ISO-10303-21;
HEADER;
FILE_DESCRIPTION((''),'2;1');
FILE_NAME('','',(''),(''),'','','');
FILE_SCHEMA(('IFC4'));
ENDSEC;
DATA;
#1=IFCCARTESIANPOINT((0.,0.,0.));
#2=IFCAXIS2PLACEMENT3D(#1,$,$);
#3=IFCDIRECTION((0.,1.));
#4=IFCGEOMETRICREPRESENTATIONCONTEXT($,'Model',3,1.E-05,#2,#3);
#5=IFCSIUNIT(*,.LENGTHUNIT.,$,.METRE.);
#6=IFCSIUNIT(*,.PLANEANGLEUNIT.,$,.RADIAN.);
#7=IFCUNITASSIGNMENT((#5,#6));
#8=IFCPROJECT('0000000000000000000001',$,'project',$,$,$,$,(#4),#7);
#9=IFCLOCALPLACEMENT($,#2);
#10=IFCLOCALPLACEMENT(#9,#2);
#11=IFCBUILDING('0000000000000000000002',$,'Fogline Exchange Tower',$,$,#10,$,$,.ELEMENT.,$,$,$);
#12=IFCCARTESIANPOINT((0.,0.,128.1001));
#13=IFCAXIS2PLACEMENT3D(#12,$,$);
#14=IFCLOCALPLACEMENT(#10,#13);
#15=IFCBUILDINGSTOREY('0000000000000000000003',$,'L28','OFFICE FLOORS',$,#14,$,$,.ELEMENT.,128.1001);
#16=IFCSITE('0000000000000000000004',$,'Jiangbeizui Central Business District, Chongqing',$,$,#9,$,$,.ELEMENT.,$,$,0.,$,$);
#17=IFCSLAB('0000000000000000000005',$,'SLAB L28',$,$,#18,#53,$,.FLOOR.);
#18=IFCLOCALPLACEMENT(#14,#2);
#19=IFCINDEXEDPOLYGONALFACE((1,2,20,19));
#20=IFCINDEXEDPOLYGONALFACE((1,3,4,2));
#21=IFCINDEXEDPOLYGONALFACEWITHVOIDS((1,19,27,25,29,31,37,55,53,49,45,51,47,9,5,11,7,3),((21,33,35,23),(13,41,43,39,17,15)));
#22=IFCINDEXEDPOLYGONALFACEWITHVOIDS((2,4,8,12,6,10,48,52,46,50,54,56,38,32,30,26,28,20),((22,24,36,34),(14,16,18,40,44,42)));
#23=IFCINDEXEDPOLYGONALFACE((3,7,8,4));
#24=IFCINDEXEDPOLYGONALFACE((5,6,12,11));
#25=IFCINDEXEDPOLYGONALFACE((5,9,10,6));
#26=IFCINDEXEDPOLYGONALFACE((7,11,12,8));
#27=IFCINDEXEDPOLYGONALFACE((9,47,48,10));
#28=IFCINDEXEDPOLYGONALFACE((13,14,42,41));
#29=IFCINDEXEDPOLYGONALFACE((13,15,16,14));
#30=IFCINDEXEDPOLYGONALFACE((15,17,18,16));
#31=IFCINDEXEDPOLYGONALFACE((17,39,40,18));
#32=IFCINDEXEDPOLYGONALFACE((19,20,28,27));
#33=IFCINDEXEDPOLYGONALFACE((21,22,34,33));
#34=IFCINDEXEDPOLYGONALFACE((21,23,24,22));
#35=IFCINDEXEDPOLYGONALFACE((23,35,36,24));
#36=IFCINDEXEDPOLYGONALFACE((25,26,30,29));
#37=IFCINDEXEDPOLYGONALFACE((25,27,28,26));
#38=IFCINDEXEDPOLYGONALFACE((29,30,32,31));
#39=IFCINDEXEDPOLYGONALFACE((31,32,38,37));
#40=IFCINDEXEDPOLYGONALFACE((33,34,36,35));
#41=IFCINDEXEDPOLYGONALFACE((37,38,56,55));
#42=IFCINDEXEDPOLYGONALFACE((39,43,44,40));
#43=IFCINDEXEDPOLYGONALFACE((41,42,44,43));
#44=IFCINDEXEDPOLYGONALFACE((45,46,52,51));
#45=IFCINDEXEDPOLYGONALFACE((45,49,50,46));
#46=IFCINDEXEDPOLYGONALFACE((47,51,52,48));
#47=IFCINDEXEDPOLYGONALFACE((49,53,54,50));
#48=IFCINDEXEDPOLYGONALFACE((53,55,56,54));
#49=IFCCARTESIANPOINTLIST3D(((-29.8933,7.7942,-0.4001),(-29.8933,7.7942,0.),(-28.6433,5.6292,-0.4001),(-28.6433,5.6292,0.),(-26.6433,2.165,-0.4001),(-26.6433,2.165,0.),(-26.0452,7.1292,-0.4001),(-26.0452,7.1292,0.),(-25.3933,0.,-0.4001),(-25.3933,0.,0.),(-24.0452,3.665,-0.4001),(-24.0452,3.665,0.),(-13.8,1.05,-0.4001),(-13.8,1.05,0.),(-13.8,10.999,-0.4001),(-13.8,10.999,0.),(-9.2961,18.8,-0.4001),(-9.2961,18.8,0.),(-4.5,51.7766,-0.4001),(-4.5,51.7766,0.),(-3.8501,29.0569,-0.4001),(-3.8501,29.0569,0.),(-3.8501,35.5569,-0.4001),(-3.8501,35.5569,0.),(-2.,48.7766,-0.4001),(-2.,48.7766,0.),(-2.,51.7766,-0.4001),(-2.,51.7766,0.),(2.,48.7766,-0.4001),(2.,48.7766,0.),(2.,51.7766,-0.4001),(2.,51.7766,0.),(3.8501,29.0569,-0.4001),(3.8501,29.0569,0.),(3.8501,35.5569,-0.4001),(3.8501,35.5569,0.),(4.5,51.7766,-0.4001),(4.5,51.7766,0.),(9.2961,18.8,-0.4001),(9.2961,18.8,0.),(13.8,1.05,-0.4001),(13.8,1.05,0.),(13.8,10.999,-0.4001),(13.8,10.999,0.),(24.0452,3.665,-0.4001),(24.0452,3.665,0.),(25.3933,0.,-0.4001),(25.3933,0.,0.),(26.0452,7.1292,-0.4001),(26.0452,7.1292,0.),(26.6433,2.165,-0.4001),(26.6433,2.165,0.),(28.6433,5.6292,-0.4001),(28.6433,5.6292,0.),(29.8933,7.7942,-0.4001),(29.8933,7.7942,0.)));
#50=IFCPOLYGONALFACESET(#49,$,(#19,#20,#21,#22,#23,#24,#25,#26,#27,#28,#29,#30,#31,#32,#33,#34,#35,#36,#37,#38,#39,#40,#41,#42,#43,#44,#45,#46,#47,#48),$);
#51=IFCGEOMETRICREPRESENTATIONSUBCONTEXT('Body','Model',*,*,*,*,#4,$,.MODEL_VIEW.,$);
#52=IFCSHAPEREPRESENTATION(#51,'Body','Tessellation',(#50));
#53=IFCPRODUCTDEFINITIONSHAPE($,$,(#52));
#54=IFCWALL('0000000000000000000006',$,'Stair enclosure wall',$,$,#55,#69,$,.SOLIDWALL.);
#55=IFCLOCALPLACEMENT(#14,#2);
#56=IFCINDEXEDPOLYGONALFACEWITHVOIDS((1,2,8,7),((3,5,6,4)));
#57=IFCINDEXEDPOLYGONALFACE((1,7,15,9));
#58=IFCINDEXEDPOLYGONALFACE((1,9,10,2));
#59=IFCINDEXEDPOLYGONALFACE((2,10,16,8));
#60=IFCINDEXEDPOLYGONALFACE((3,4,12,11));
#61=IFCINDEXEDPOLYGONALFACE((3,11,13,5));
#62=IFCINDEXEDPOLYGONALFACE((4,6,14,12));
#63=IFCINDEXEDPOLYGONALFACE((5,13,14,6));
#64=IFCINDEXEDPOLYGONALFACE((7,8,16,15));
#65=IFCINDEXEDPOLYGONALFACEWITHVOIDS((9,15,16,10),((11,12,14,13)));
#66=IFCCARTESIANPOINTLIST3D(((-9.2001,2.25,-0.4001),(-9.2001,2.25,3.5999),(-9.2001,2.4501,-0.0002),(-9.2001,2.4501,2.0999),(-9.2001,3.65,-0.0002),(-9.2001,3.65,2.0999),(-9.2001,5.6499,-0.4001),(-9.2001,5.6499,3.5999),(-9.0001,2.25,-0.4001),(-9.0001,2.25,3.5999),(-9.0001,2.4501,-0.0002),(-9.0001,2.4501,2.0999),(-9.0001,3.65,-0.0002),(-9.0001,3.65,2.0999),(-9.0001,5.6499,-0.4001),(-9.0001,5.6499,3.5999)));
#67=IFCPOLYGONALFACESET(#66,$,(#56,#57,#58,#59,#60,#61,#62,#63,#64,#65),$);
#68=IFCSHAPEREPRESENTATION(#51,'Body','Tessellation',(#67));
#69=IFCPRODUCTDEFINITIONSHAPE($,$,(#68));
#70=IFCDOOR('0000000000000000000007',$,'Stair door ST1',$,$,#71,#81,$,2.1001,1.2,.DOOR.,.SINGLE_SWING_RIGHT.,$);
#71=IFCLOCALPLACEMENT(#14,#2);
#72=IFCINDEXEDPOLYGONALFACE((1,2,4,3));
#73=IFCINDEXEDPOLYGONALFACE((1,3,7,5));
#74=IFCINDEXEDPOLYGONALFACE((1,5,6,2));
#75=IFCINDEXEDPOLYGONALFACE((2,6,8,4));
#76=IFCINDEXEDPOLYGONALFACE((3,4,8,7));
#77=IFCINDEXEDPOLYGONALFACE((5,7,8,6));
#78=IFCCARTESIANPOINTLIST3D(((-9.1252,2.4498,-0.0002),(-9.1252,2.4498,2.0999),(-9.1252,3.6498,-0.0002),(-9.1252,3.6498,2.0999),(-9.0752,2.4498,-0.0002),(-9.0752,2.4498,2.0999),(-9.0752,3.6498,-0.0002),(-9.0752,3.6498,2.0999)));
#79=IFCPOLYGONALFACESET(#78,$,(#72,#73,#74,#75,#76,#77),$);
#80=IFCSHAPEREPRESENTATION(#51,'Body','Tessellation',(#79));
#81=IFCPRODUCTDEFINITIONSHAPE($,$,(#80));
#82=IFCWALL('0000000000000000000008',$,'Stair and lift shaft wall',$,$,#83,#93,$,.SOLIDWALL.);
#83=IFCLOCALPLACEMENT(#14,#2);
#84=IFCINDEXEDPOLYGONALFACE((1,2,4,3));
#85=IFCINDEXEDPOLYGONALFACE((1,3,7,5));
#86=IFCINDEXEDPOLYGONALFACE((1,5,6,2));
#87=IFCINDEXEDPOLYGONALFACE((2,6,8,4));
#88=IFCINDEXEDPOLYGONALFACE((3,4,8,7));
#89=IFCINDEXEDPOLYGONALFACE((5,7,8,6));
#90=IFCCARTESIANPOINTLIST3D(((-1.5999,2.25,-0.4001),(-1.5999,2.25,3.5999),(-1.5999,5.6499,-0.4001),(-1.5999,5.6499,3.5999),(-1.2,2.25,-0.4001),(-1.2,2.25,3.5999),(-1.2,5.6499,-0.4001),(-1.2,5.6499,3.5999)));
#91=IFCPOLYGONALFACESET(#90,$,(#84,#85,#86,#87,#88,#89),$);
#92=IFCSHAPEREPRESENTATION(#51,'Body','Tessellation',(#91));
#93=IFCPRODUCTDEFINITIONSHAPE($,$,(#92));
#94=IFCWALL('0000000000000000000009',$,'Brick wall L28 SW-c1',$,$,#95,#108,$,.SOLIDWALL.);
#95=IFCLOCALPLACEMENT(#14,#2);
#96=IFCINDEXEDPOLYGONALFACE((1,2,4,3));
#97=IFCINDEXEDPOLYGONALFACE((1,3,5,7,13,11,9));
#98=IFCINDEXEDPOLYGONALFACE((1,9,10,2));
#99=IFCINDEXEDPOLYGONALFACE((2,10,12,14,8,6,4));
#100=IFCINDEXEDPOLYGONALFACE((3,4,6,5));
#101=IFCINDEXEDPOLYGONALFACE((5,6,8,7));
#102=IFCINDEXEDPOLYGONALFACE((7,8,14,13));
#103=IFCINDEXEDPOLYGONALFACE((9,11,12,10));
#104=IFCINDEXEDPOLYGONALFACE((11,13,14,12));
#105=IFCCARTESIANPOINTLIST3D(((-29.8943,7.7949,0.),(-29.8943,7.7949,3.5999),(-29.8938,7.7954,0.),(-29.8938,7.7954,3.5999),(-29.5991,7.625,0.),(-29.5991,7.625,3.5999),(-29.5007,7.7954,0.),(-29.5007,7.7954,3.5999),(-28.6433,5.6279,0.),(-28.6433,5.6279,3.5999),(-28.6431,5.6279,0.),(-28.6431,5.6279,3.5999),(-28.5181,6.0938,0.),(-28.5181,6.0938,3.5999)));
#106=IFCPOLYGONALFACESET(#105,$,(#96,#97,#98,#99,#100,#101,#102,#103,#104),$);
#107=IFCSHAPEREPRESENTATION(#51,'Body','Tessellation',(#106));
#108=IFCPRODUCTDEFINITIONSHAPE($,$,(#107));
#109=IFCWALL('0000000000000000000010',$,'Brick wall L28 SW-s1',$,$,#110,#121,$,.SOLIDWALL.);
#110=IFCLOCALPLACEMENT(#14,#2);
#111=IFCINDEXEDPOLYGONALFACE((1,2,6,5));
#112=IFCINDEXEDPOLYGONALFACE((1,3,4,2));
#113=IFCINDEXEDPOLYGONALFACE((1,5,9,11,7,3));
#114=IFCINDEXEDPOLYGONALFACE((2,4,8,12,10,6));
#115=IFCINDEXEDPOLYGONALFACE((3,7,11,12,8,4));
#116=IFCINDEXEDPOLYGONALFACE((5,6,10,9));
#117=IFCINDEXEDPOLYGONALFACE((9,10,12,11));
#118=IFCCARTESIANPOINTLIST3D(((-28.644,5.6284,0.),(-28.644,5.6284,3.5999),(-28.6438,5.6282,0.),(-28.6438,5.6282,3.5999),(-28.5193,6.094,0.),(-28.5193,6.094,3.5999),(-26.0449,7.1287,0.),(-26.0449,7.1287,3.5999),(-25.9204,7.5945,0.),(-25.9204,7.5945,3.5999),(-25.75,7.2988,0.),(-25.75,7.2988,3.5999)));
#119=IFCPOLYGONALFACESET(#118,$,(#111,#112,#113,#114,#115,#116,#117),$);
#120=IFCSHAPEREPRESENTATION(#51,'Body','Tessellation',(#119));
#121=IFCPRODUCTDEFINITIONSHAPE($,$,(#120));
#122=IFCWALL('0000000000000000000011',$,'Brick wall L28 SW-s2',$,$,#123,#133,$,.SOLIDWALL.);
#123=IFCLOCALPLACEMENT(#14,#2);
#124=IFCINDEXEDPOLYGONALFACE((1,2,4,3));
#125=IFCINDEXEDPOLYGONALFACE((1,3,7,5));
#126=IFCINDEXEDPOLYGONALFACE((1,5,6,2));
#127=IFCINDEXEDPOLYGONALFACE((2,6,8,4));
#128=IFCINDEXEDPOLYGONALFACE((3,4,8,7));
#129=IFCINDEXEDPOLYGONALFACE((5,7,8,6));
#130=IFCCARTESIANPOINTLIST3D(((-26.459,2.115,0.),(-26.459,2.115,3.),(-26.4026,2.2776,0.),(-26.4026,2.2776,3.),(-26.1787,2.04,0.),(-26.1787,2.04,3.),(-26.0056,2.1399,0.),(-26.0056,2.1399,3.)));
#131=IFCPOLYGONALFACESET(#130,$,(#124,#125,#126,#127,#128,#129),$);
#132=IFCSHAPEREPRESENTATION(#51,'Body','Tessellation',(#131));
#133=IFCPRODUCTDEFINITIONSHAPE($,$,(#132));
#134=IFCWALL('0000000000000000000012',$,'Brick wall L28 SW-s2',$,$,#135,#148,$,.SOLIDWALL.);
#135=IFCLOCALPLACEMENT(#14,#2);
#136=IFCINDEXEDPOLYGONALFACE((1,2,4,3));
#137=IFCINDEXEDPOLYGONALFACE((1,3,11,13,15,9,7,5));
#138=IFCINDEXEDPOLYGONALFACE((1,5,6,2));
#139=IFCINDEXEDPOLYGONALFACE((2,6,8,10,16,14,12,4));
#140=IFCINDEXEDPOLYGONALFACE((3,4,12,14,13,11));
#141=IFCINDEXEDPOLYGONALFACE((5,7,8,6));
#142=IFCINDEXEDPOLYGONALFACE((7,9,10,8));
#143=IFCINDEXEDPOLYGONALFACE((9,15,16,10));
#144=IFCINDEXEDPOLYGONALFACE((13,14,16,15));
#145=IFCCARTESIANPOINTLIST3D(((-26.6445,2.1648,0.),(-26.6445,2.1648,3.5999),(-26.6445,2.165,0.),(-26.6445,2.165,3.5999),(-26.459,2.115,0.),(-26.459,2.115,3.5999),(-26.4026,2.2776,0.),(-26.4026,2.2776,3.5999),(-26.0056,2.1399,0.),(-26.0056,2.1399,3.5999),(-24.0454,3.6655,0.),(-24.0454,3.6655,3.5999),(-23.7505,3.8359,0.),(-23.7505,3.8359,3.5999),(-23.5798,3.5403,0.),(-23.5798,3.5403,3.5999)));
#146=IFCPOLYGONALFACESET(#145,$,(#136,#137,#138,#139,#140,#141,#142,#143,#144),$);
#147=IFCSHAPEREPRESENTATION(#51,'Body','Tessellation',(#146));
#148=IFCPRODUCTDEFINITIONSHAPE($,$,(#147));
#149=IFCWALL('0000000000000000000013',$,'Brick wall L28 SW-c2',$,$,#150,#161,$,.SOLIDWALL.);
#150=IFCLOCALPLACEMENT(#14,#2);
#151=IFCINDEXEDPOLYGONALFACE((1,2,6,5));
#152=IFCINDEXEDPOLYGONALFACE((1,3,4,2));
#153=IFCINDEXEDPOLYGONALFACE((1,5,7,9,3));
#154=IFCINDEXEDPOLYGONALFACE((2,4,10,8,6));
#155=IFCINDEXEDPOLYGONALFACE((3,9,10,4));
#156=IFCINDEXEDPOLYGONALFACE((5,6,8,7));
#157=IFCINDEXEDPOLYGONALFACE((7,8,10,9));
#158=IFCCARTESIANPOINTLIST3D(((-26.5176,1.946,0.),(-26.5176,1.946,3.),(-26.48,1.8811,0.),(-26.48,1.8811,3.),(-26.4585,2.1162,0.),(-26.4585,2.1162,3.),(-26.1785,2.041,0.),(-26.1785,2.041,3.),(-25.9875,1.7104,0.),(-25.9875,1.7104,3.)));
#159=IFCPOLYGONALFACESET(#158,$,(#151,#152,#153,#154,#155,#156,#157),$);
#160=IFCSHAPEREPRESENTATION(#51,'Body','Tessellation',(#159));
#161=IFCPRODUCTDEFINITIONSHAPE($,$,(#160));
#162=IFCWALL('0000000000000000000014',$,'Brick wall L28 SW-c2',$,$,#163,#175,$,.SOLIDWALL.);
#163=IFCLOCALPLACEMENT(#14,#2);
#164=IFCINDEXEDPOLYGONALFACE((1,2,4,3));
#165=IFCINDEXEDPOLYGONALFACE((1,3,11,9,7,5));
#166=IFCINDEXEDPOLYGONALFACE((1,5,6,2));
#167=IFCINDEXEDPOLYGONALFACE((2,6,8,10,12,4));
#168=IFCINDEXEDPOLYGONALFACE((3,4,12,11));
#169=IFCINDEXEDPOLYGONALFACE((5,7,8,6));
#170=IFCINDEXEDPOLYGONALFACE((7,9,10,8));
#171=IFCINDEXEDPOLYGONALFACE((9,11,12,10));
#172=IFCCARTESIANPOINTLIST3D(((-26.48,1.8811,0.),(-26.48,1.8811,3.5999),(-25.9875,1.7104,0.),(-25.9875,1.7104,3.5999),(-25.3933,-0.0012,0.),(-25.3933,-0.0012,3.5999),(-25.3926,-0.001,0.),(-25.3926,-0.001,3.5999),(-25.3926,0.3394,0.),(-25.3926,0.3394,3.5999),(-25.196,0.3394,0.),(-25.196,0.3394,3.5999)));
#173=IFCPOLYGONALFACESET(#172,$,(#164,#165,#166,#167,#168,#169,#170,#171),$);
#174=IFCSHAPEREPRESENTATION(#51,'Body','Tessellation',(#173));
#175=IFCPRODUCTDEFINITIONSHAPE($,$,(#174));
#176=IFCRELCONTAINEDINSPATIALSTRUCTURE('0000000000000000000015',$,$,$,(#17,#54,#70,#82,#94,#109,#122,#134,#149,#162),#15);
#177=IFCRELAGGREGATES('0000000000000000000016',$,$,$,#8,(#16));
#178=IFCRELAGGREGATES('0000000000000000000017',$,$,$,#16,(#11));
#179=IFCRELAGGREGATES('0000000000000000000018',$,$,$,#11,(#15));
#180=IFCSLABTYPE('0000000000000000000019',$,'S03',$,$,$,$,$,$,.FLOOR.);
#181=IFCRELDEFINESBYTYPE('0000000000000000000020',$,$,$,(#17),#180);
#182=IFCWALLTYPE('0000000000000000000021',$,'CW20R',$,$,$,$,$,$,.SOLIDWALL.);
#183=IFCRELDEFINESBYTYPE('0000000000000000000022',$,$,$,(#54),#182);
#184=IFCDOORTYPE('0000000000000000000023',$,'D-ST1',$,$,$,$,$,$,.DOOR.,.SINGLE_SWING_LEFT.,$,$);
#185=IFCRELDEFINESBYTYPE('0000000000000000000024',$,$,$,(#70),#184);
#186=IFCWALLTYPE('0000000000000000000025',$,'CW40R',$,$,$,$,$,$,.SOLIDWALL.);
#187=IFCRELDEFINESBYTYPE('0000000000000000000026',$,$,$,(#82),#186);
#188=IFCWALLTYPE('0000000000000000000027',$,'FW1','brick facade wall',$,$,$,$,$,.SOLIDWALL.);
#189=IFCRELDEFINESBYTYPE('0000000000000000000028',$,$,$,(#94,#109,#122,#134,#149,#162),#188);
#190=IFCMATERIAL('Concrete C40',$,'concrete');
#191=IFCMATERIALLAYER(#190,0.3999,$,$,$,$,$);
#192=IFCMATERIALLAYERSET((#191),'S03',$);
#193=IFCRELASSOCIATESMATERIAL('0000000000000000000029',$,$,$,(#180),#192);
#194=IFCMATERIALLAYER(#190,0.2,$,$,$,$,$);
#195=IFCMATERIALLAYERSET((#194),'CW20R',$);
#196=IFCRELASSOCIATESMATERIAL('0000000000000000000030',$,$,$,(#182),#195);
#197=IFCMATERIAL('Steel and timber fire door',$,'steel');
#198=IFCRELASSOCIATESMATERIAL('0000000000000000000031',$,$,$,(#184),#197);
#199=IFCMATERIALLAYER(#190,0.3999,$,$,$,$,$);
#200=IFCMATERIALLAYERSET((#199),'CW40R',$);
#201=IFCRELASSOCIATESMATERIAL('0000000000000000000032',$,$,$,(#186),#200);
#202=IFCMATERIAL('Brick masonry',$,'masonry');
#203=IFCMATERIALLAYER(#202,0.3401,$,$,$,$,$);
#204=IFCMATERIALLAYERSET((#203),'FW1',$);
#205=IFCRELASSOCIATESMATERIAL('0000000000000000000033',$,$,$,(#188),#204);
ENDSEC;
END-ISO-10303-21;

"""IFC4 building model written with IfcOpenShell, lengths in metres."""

from ifc_helpers import new_model, si_unit, direction, frame, frame_2d, origin, place, context, subcontext, project, spatial, polyline, rectangle, outline, extrude, material, layer, layer_set, type_object, element, fill, save


model = new_model("IFC4")

# Units and contexts
model_context = context("Model", 3, precision=1e-05, world=origin(), true_north=direction((0.0, 1.0)))
body_context = subcontext(model_context, "Body", "Model", "MODEL_VIEW")
ifc_project = project(units=[si_unit("LENGTHUNIT", "METRE"), si_unit("PLANEANGLEUNIT", "RADIAN")], contexts=[model_context])

# Site, building, storey
site_placement = place(None, origin())
site = spatial("IfcSite", under=ifc_project, at=site_placement, Name="Jiangbeizui Central Business District, Chongqing", CompositionType="ELEMENT", RefElevation=0.0)
building_placement = place(site_placement, origin())
building = spatial("IfcBuilding", under=site, at=building_placement, Name="Fogline Exchange Tower", CompositionType="ELEMENT")
storey_placement = place(building_placement, frame((0.0, 0.0, 128.1001)))
storey = spatial("IfcBuildingStorey", under=building, at=storey_placement, Name="L28", Description="OFFICE FLOORS", CompositionType="ELEMENT", Elevation=128.1001)

# Slab
ifc_material_1 = material(Name="Concrete C40", Category="concrete")
ifc_layer_1 = layer(ifc_material_1, 0.3999)
ifc_layer_set_1 = layer_set([ifc_layer_1], Name="S03")
slab_type = type_object("IfcSlabType", Name="S03", PredefinedType="FLOOR", material=ifc_layer_set_1)
slab_placement = place(storey_placement, frame((0.0, 0.0, -0.4001)))
element("IfcSlab", 1, at=slab_placement, inside=storey, type_object=slab_type, Name="SLAB L28", PredefinedType="FLOOR", context=body_context, shape_type="SweptSolid", body=[
    extrude(outline(polyline([(-2.0, 51.7766), (-4.5, 51.7766), (-29.8933, 7.7942), (-28.6433, 5.6292), (-26.0452, 7.1292), (-24.0452, 3.665), (-26.6433, 2.165), (-25.3933, 0.0), (25.3933, 0.0), (26.6433, 2.165), (24.0452, 3.665), (26.0452, 7.1292), (28.6433, 5.6292), (29.8933, 7.7942), (4.5, 51.7766), (2.0, 51.7766), (2.0, 48.7766), (-2.0, 48.7766), (-2.0, 51.7766)]), holes=[polyline([(13.8, 10.999), (13.8, 1.05), (-13.8, 1.05), (-13.8, 10.999), (-9.2961, 18.8), (9.2961, 18.8), (13.8, 10.999)]), polyline([(3.8501, 35.5569), (3.8501, 29.0569), (-3.8501, 29.0569), (-3.8501, 35.5569), (3.8501, 35.5569)])]), origin(), (0.0, 0.0, 1.0), 0.4001),
])

# Wall, opening, door
ifc_layer_2 = layer(ifc_material_1, 0.2)
ifc_layer_set_2 = layer_set([ifc_layer_2], Name="CW20R")
wall_type_1 = type_object("IfcWallType", Name="CW20R", PredefinedType="SOLIDWALL", material=ifc_layer_set_2)
wall_1_placement = place(storey_placement, frame((-9.1001, 2.25, -0.4001), z_axis=(0.0, 0.0, 1.0), x_axis=(0.0, 1.0, 0.0)))
wall_1 = element("IfcWall", 2, at=wall_1_placement, inside=storey, type_object=wall_type_1, Name="Stair enclosure wall", PredefinedType="SOLIDWALL", context=body_context, shape_type="SweptSolid", body=[
    extrude(rectangle(XDim=3.3999, YDim=0.2, at=frame_2d((1.7, 0.0))), origin(), (0.0, 0.0, 1.0), 4.0),
])
opening_placement = place(wall_1_placement, frame((0.2, 0.0, 0.3999)))
opening = element("IfcOpeningElement", 3, at=opening_placement, cuts=wall_1, PredefinedType="OPENING", context=body_context, shape_type="SweptSolid", body=[
    extrude(rectangle(XDim=1.2, YDim=2.1001, at=frame_2d((0.6001, 1.05))), frame((0.0, 0.1099, 0.0), z_axis=(0.0, -1.0, 0.0), x_axis=(1.0, 0.0, 0.0)), (0.0, 0.0, 1.0), 0.22),
])
ifc_material_2 = material(Name="Steel and timber fire door", Category="steel")
door_type = type_object("IfcDoorType", Name="D-ST1", OperationType="SINGLE_SWING_LEFT", PredefinedType="DOOR", material=ifc_material_2)
door_placement = place(opening_placement, frame((1.2, 0.0, 0.0), z_axis=(0.0, 0.0, 1.0), x_axis=(-1.0, 0.0, 0.0)))
door = element("IfcDoor", 4, at=door_placement, inside=storey, type_object=door_type, Name="Stair door ST1", OperationType="SINGLE_SWING_RIGHT", OverallHeight=2.1001, OverallWidth=1.2, PredefinedType="DOOR", context=body_context, shape_type="SweptSolid", body=[
    extrude(rectangle(XDim=1.2, YDim=2.1001, at=frame_2d((0.6001, 1.05))), frame((0.0, 0.0249, 0.0), z_axis=(0.0, -1.0, 0.0), x_axis=(1.0, 0.0, 0.0)), (0.0, 0.0, 1.0), 0.05),
])
fill(opening, door)

# Walls
ifc_layer_3 = layer(ifc_material_1, 0.3999)
ifc_layer_set_3 = layer_set([ifc_layer_3], Name="CW40R")
wall_type_2 = type_object("IfcWallType", Name="CW40R", PredefinedType="SOLIDWALL", material=ifc_layer_set_3)
wall_2_placement = place(storey_placement, frame((-1.3999, 2.25, -0.4001), z_axis=(0.0, 0.0, 1.0), x_axis=(0.0, 1.0, 0.0)))
element("IfcWall", 5, at=wall_2_placement, inside=storey, type_object=wall_type_2, Name="Stair and lift shaft wall", PredefinedType="SOLIDWALL", context=body_context, shape_type="SweptSolid", body=[
    extrude(rectangle(XDim=3.3999, YDim=0.3999, at=frame_2d((1.7, 0.0))), origin(), (0.0, 0.0, 1.0), 4.0),
])
ifc_material_3 = material(Name="Brick masonry", Category="masonry")
ifc_layer_4 = layer(ifc_material_3, 0.3401)
ifc_layer_set_4 = layer_set([ifc_layer_4], Name="FW1")
wall_type_3 = type_object("IfcWallType", Name="FW1", Description="brick facade wall", PredefinedType="SOLIDWALL", material=ifc_layer_set_4)
wall_3_placement = place(storey_placement, origin())
element("IfcWall", 6, at=wall_3_placement, inside=storey, type_object=wall_type_3, Name="Brick wall L28 SW-c1", PredefinedType="SOLIDWALL", context=body_context, shape_type="SweptSolid", body=[
    extrude(outline(polyline([(-28.6433, 5.6279), (-29.8943, 7.7949), (-29.8938, 7.7954), (-29.5991, 7.625), (-29.5007, 7.7954), (-28.5181, 6.0938), (-28.6431, 5.6279), (-28.6433, 5.6279)])), origin(), (0.0, 0.0, 1.0), 3.5999),
])
wall_4_placement = place(storey_placement, origin())
element("IfcWall", 7, at=wall_4_placement, inside=storey, type_object=wall_type_3, Name="Brick wall L28 SW-s1", PredefinedType="SOLIDWALL", context=body_context, shape_type="SweptSolid", body=[
    extrude(outline(polyline([(-25.9204, 7.5945), (-25.75, 7.2988), (-26.0449, 7.1287), (-28.6438, 5.6282), (-28.644, 5.6284), (-28.5193, 6.094), (-25.9204, 7.5945)])), origin(), (0.0, 0.0, 1.0), 3.5999),
])
wall_5_placement = place(storey_placement, origin())
element("IfcWall", 8, at=wall_5_placement, inside=storey, type_object=wall_type_3, Name="Brick wall L28 SW-s2", PredefinedType="SOLIDWALL", context=body_context, shape_type="SweptSolid", body=[
    extrude(outline(polyline([(-26.1787, 2.04), (-26.459, 2.115), (-26.4026, 2.2776), (-26.0056, 2.1399), (-26.1787, 2.04)])), origin(), (0.0, 0.0, 1.0), 3.0),
])
wall_6_placement = place(storey_placement, origin())
element("IfcWall", 9, at=wall_6_placement, inside=storey, type_object=wall_type_3, Name="Brick wall L28 SW-s2", PredefinedType="SOLIDWALL", context=body_context, shape_type="SweptSolid", body=[
    extrude(outline(polyline([(-24.0454, 3.6655), (-23.7505, 3.8359), (-23.5798, 3.5403), (-26.0056, 2.1399), (-26.4026, 2.2776), (-26.459, 2.115), (-26.6445, 2.1648), (-26.6445, 2.165), (-24.0454, 3.6655)])), origin(), (0.0, 0.0, 1.0), 3.5999),
])
wall_7_placement = place(storey_placement, origin())
element("IfcWall", 10, at=wall_7_placement, inside=storey, type_object=wall_type_3, Name="Brick wall L28 SW-c2", PredefinedType="SOLIDWALL", context=body_context, shape_type="SweptSolid", body=[
    extrude(outline(polyline([(-26.5176, 1.946), (-26.4585, 2.1162), (-26.1785, 2.041), (-25.9875, 1.7104), (-26.48, 1.8811), (-26.5176, 1.946)])), origin(), (0.0, 0.0, 1.0), 3.0),
])
wall_8_placement = place(storey_placement, origin())
element("IfcWall", 11, at=wall_8_placement, inside=storey, type_object=wall_type_3, Name="Brick wall L28 SW-c2", PredefinedType="SOLIDWALL", context=body_context, shape_type="SweptSolid", body=[
    extrude(outline(polyline([(-25.3926, 0.3394), (-25.3926, -0.001), (-25.3933, -0.0012), (-26.48, 1.8811), (-25.9875, 1.7104), (-25.196, 0.3394), (-25.3926, 0.3394)])), origin(), (0.0, 0.0, 1.0), 3.5999),
])

save(model, "model.ifc")
